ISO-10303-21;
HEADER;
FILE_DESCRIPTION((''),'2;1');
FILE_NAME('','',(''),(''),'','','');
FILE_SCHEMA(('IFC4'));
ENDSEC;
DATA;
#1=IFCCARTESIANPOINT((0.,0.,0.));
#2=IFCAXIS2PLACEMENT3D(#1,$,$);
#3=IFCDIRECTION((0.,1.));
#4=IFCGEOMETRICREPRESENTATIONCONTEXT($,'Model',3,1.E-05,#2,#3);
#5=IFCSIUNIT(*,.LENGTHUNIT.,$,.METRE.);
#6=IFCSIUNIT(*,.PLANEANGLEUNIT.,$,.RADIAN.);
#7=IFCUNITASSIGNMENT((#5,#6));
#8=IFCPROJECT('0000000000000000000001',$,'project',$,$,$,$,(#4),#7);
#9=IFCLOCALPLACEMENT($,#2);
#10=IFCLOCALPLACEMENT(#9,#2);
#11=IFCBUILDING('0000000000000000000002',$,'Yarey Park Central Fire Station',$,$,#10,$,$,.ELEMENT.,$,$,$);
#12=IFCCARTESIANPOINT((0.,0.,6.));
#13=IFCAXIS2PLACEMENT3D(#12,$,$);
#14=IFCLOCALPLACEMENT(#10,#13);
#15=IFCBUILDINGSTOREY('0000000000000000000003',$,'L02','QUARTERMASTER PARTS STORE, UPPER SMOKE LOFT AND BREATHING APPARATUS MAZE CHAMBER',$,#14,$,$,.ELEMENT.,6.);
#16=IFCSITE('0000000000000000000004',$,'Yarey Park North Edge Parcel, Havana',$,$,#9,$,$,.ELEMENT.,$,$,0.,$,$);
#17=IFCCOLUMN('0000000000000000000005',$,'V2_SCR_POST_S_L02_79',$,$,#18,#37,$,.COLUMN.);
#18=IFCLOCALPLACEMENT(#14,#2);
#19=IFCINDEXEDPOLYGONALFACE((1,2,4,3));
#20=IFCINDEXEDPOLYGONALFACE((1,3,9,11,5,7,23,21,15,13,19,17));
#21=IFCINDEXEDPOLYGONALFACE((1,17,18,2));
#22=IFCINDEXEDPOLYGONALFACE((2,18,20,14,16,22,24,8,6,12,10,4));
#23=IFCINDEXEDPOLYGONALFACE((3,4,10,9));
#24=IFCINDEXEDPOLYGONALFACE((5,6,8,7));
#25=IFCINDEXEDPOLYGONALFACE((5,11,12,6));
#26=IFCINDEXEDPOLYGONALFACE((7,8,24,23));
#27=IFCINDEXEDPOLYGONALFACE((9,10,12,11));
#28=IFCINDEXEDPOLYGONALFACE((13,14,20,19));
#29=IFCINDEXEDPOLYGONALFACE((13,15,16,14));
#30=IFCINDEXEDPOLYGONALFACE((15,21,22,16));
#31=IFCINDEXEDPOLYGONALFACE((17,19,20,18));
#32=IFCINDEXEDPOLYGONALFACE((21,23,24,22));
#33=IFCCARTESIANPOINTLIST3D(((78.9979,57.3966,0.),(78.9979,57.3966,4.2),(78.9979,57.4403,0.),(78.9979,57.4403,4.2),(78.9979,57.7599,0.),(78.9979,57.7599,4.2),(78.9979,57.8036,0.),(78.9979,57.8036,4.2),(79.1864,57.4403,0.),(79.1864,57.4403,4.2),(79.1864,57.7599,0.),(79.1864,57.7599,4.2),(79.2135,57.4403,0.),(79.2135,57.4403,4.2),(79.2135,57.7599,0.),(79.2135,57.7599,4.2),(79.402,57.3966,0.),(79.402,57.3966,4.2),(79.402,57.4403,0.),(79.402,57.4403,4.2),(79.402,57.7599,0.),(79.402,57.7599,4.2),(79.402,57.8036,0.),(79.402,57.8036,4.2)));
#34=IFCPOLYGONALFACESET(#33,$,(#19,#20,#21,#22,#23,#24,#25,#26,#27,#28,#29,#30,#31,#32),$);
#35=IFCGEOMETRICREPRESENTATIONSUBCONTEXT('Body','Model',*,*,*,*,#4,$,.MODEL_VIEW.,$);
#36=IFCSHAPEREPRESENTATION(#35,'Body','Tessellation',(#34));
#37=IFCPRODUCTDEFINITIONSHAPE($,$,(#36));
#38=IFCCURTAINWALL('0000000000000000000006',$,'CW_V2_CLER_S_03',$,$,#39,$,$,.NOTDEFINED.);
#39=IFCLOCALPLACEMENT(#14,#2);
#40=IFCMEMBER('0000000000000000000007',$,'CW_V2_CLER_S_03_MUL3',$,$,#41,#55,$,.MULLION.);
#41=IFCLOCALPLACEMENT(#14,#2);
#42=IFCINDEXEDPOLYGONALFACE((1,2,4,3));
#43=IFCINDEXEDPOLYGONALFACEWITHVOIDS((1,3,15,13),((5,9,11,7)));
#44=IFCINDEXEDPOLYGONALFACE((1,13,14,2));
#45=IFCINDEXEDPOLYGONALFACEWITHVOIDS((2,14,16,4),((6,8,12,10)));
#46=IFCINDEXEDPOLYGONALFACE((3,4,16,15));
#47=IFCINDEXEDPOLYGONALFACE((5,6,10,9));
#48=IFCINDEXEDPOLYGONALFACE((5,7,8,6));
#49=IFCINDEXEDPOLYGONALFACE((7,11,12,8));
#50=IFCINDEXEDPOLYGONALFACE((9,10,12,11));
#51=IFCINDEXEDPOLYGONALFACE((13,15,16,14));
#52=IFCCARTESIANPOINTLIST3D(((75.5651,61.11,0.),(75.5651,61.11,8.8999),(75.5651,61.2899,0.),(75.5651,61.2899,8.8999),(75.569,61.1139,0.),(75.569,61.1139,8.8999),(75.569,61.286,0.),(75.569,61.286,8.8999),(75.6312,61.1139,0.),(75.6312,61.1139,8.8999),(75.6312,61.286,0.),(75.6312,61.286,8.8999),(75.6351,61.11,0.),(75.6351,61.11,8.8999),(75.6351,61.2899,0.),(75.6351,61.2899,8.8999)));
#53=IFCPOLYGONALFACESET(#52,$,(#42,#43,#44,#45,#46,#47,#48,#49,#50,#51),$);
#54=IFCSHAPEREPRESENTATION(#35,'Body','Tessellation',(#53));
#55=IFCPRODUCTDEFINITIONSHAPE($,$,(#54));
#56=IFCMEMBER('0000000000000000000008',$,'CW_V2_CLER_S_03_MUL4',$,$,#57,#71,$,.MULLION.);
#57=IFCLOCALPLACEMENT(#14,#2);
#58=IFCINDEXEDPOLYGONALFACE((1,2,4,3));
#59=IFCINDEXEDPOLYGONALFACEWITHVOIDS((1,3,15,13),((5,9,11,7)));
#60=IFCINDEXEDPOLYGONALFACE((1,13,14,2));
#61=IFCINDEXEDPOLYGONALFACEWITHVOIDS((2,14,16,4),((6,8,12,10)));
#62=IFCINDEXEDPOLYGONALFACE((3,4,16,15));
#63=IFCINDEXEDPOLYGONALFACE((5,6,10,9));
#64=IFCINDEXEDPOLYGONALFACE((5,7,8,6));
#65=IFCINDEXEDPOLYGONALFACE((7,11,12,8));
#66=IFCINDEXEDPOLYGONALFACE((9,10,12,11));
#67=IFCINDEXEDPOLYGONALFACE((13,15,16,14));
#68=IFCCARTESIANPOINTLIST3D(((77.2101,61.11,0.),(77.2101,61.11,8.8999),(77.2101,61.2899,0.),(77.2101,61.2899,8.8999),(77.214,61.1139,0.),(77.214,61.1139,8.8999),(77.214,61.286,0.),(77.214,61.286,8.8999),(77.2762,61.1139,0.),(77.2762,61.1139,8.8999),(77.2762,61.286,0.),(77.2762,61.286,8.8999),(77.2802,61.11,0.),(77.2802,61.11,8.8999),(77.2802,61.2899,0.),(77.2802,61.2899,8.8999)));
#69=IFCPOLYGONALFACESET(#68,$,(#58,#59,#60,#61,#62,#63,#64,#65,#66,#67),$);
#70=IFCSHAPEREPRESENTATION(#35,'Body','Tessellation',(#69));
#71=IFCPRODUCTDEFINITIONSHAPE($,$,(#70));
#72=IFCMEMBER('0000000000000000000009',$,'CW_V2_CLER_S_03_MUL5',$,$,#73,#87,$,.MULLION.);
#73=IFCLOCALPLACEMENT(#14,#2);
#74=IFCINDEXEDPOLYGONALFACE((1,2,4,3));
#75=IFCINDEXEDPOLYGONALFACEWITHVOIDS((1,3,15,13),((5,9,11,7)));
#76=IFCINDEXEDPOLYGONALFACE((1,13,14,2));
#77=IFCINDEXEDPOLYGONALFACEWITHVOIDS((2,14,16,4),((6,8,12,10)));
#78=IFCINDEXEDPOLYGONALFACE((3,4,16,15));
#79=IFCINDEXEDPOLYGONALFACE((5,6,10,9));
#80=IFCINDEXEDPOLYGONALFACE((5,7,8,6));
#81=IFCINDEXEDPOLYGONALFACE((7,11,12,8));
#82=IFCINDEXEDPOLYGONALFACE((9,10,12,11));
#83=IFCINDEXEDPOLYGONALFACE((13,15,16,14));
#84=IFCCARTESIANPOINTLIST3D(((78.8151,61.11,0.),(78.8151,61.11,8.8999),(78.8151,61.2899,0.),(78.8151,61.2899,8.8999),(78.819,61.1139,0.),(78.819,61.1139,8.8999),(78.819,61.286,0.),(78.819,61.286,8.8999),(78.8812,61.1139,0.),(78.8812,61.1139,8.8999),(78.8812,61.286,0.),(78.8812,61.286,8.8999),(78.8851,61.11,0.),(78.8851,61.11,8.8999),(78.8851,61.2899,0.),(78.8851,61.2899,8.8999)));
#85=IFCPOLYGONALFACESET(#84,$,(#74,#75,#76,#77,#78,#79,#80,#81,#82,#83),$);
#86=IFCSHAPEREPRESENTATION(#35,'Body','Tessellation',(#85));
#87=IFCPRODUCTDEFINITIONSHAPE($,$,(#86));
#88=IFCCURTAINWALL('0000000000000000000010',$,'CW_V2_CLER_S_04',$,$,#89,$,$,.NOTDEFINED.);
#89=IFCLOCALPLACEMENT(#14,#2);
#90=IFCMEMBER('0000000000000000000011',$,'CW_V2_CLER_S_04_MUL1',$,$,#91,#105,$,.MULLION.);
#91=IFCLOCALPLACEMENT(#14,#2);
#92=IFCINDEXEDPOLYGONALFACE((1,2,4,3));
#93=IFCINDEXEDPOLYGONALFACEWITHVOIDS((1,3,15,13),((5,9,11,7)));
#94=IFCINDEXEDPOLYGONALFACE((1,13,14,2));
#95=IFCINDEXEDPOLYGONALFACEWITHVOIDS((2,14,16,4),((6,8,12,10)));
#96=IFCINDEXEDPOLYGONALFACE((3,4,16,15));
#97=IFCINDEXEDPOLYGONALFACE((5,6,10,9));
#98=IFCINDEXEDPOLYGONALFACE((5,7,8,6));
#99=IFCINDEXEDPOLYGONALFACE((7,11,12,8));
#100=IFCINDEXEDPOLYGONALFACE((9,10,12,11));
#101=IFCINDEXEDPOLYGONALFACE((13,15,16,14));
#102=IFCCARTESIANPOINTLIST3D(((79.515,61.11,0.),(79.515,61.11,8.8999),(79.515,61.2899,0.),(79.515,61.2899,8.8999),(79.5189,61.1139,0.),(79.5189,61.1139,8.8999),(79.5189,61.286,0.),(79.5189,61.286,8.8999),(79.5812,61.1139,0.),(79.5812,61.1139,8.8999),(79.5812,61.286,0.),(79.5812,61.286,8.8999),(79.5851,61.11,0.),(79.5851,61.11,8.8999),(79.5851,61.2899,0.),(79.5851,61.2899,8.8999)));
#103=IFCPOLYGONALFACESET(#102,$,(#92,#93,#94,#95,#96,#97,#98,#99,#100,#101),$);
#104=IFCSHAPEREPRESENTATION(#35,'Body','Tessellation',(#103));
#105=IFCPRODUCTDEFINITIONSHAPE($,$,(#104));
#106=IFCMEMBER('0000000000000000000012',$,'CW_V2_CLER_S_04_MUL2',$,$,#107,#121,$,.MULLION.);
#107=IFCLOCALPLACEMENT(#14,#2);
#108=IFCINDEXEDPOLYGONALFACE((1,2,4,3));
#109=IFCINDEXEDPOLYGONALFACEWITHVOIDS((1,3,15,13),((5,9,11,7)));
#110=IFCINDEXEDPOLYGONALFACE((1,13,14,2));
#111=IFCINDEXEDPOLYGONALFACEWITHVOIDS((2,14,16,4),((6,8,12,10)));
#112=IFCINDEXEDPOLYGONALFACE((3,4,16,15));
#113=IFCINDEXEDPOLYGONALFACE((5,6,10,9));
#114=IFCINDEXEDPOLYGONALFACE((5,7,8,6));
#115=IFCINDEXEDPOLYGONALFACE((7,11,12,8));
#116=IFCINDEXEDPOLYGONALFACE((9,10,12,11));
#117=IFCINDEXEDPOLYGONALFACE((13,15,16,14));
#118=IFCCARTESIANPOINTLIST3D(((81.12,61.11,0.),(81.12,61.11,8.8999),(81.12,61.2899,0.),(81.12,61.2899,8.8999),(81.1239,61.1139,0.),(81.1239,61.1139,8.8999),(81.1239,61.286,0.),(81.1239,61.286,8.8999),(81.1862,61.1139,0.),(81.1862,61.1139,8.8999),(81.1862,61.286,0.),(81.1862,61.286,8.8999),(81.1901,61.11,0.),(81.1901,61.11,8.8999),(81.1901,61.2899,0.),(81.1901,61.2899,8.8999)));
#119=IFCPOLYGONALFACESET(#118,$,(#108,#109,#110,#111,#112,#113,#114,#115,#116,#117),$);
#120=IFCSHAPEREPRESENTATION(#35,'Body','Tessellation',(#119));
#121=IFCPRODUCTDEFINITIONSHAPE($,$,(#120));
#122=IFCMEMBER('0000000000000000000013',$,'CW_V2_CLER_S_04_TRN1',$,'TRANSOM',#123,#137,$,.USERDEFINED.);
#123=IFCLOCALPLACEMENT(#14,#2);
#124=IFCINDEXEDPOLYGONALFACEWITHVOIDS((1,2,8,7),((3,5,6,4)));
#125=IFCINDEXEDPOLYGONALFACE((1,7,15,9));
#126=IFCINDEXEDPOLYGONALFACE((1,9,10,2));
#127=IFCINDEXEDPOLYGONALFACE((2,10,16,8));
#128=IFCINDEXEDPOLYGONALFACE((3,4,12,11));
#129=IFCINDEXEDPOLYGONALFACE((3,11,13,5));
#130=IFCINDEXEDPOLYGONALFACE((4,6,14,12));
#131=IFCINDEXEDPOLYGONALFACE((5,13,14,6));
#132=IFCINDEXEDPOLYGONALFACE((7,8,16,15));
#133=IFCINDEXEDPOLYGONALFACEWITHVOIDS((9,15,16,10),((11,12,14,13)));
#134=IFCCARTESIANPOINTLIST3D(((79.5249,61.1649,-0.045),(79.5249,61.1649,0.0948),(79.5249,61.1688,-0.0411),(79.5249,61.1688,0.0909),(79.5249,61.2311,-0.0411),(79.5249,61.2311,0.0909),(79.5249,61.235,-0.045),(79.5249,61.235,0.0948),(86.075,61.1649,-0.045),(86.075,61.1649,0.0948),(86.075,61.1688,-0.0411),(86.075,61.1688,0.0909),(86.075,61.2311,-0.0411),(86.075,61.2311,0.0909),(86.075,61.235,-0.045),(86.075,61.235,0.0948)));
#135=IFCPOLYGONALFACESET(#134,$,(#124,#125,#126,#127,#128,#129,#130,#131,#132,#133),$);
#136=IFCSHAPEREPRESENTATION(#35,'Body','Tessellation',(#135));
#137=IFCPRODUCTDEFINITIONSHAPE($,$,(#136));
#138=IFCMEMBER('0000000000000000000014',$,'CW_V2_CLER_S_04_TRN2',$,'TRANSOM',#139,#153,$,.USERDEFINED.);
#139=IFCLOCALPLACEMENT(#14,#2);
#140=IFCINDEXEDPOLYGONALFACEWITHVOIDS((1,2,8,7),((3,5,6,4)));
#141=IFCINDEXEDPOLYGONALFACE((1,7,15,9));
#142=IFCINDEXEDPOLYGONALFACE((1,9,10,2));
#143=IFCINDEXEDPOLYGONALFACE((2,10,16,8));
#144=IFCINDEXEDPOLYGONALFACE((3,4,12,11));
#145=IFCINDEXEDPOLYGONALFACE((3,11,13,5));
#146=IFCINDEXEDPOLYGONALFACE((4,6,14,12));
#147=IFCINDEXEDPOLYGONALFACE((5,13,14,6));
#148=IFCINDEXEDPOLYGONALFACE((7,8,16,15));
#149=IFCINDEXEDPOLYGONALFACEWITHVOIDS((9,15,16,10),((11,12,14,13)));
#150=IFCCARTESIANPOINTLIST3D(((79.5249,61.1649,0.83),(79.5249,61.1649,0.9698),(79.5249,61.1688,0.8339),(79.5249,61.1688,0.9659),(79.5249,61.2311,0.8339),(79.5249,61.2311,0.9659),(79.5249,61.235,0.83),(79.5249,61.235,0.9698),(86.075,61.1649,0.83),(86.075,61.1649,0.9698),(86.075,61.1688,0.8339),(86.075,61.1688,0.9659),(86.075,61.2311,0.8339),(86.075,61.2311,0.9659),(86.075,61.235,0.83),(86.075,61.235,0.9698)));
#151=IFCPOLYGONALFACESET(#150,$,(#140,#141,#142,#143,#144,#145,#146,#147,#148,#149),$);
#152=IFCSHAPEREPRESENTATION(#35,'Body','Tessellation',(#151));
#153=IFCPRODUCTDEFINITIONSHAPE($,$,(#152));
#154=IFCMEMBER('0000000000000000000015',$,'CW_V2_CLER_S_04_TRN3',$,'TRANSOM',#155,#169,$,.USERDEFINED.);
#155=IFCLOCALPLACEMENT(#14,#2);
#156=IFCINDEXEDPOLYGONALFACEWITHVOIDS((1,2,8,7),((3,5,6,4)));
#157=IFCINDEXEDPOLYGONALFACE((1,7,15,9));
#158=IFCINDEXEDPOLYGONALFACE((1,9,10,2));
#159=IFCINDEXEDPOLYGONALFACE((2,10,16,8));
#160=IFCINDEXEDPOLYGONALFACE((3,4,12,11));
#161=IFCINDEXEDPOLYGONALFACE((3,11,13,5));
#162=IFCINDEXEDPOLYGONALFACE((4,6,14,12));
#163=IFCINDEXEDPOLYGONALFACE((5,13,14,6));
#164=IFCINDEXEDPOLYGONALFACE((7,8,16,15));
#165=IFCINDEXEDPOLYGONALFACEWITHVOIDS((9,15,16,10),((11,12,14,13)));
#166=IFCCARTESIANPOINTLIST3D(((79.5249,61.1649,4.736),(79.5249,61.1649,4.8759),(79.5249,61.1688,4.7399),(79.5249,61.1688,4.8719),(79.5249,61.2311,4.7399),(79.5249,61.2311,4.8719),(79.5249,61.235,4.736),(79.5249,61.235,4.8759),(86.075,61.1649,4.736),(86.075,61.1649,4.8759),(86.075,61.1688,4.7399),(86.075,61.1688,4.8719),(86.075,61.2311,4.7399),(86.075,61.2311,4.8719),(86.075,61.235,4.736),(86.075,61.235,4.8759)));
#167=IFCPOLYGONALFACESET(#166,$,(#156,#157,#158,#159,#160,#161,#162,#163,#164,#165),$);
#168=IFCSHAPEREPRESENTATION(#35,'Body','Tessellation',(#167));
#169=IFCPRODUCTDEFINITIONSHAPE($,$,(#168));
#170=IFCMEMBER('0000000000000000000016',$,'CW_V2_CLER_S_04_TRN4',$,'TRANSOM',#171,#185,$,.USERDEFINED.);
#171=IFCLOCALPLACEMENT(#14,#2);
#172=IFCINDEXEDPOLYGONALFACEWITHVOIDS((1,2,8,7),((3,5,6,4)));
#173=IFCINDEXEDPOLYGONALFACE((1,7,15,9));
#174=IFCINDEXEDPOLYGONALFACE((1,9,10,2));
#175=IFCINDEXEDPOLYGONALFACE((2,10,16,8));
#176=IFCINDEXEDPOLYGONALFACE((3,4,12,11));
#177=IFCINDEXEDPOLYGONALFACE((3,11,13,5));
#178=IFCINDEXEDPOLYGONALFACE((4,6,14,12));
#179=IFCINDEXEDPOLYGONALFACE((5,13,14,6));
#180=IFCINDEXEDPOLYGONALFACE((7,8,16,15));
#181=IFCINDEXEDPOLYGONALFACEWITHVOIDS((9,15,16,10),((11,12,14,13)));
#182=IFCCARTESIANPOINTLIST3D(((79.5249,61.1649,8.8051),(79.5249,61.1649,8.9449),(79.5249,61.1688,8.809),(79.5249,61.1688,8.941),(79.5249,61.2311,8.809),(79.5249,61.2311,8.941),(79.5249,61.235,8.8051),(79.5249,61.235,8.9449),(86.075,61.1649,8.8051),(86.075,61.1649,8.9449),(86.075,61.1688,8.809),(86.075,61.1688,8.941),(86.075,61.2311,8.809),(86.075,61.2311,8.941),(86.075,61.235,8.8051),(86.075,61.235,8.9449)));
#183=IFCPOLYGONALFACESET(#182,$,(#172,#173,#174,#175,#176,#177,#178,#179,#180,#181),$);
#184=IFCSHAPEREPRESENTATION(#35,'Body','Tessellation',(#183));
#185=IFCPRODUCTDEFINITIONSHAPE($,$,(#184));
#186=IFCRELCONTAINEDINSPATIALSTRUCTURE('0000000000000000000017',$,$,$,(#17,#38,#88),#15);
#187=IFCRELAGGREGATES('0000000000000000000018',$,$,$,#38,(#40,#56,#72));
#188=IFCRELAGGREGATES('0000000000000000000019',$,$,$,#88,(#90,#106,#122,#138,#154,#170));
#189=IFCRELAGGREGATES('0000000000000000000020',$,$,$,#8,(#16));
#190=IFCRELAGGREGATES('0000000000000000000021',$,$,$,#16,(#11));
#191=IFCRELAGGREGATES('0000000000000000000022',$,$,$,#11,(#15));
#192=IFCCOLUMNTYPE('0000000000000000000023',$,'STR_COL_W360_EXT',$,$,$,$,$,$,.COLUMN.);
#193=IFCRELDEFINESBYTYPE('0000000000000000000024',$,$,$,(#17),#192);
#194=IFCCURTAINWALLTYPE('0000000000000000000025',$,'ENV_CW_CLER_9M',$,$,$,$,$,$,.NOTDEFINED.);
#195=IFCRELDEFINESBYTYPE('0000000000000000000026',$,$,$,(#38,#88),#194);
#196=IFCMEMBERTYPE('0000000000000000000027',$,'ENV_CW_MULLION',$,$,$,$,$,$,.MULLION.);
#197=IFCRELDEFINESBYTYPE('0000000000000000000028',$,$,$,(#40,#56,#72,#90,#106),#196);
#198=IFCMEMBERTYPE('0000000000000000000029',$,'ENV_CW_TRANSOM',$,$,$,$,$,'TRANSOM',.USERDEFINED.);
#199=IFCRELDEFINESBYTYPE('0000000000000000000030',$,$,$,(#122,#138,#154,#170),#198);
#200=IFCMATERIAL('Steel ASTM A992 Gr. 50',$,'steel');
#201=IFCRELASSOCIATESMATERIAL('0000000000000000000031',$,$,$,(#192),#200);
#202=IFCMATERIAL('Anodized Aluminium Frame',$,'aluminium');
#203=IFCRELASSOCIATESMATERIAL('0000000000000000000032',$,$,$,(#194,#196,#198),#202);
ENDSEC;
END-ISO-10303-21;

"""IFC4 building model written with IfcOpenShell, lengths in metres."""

from ifc_helpers import new_model, si_unit, direction, frame, origin, origin_2d, place, context, subcontext, project, spatial, hollow_rectangle, i_section, extrude, material, material_profile, profile_set, type_object, element, aggregate, save


model = new_model("IFC4")

# Units and contexts
model_context = context("Model", 3, precision=1e-05, world=origin(), true_north=direction((0.0, 1.0)))
body_context = subcontext(model_context, "Body", "Model", "MODEL_VIEW")
ifc_project = project(units=[si_unit("LENGTHUNIT", "METRE"), si_unit("PLANEANGLEUNIT", "RADIAN")], contexts=[model_context])

# Site, building, storey
site_placement = place(None, origin())
site = spatial("IfcSite", under=ifc_project, at=site_placement, Name="Yarey Park North Edge Parcel, Havana", CompositionType="ELEMENT", RefElevation=0.0)
building_placement = place(site_placement, origin())
building = spatial("IfcBuilding", under=site, at=building_placement, Name="Yarey Park Central Fire Station", CompositionType="ELEMENT")
storey_placement = place(building_placement, frame((0.0, 0.0, 6.0)))
storey = spatial("IfcBuildingStorey", under=building, at=storey_placement, Name="L02", Description="QUARTERMASTER PARTS STORE, UPPER SMOKE LOFT AND BREATHING APPARATUS MAZE CHAMBER", CompositionType="ELEMENT", Elevation=6.0)

# Column
ifc_material_1 = material(Name="Steel ASTM A992 Gr. 50", Category="steel")
ifc_material_profile_1 = material_profile(ifc_material_1, i_section(OverallWidth=0.4041, OverallDepth=0.407, WebThickness=0.0271, FlangeThickness=0.0437, at=origin_2d()), Name="W360x347")
ifc_profile_set_1 = profile_set([ifc_material_profile_1], Name="Steel ASTM A992 Gr. 50")
column_type = type_object("IfcColumnType", Name="STR_COL_W360_EXT", PredefinedType="COLUMN", material=ifc_profile_set_1)
column_placement = place(storey_placement, frame((79.2, 57.6001, 0.0), z_axis=(0.0, 0.0, 1.0), x_axis=(1.0, 0.0, 0.0)))
element("IfcColumn", 1, at=column_placement, inside=storey, type_object=column_type, Name="V2_SCR_POST_S_L02_79", PredefinedType="COLUMN", context=body_context, shape_type="SweptSolid", body=[
    extrude(i_section(OverallWidth=0.4041, OverallDepth=0.407, WebThickness=0.0271, FlangeThickness=0.0437, at=origin_2d()), origin(), (0.0, 0.0, 1.0), 4.2),
])

# Curtain walls, members
ifc_material_2 = material(Name="Anodized Aluminium Frame", Category="aluminium")
curtain_wall_type = type_object("IfcCurtainWallType", Name="ENV_CW_CLER_9M", PredefinedType="NOTDEFINED", material=ifc_material_2)
curtain_wall_1_placement = place(storey_placement, origin())
curtain_wall_1 = element("IfcCurtainWall", 2, at=curtain_wall_1_placement, inside=storey, type_object=curtain_wall_type, Name="CW_V2_CLER_S_03", PredefinedType="NOTDEFINED")
ifc_material_profile_2 = material_profile(ifc_material_2, hollow_rectangle(XDim=0.0701, YDim=0.1799, WallThickness=0.0039, at=origin_2d()), Name="ALU 180x70x4")
ifc_profile_set_2 = profile_set([ifc_material_profile_2], Name="Anodized Aluminium Frame")
member_type_1 = type_object("IfcMemberType", Name="ENV_CW_MULLION", PredefinedType="MULLION", material=ifc_profile_set_2)
member_1_placement = place(storey_placement, frame((75.6001, 61.2, 0.0), z_axis=(0.0, 0.0, 1.0), x_axis=(1.0, 0.0, 0.0)))
member_1 = element("IfcMember", 3, at=member_1_placement, type_object=member_type_1, Name="CW_V2_CLER_S_03_MUL3", PredefinedType="MULLION", context=body_context, shape_type="SweptSolid", body=[
    extrude(hollow_rectangle(XDim=0.0701, YDim=0.1799, WallThickness=0.0039, at=origin_2d()), origin(), (0.0, 0.0, 1.0), 8.8999),
])
member_2_placement = place(storey_placement, frame((77.2451, 61.2, 0.0), z_axis=(0.0, 0.0, 1.0), x_axis=(1.0, 0.0, 0.0)))
member_2 = element("IfcMember", 4, at=member_2_placement, type_object=member_type_1, Name="CW_V2_CLER_S_03_MUL4", PredefinedType="MULLION", context=body_context, shape_type="SweptSolid", body=[
    extrude(hollow_rectangle(XDim=0.0701, YDim=0.1799, WallThickness=0.0039, at=origin_2d()), origin(), (0.0, 0.0, 1.0), 8.8999),
])
member_3_placement = place(storey_placement, frame((78.8501, 61.2, 0.0), z_axis=(0.0, 0.0, 1.0), x_axis=(1.0, 0.0, 0.0)))
member_3 = element("IfcMember", 5, at=member_3_placement, type_object=member_type_1, Name="CW_V2_CLER_S_03_MUL5", PredefinedType="MULLION", context=body_context, shape_type="SweptSolid", body=[
    extrude(hollow_rectangle(XDim=0.0701, YDim=0.1799, WallThickness=0.0039, at=origin_2d()), origin(), (0.0, 0.0, 1.0), 8.8999),
])
curtain_wall_2_placement = place(storey_placement, origin())
curtain_wall_2 = element("IfcCurtainWall", 6, at=curtain_wall_2_placement, inside=storey, type_object=curtain_wall_type, Name="CW_V2_CLER_S_04", PredefinedType="NOTDEFINED")
member_4_placement = place(storey_placement, frame((79.55, 61.2, 0.0), z_axis=(0.0, 0.0, 1.0), x_axis=(1.0, 0.0, 0.0)))
member_4 = element("IfcMember", 7, at=member_4_placement, type_object=member_type_1, Name="CW_V2_CLER_S_04_MUL1", PredefinedType="MULLION", context=body_context, shape_type="SweptSolid", body=[
    extrude(hollow_rectangle(XDim=0.0701, YDim=0.1799, WallThickness=0.0039, at=origin_2d()), origin(), (0.0, 0.0, 1.0), 8.8999),
])
member_5_placement = place(storey_placement, frame((81.155, 61.2, 0.0), z_axis=(0.0, 0.0, 1.0), x_axis=(1.0, 0.0, 0.0)))
member_5 = element("IfcMember", 8, at=member_5_placement, type_object=member_type_1, Name="CW_V2_CLER_S_04_MUL2", PredefinedType="MULLION", context=body_context, shape_type="SweptSolid", body=[
    extrude(hollow_rectangle(XDim=0.0701, YDim=0.1799, WallThickness=0.0039, at=origin_2d()), origin(), (0.0, 0.0, 1.0), 8.8999),
])
ifc_material_profile_3 = material_profile(ifc_material_2, hollow_rectangle(XDim=0.0701, YDim=0.1399, WallThickness=0.0039, at=origin_2d()), Name="ALU 140x70x4")
ifc_profile_set_3 = profile_set([ifc_material_profile_3], Name="Anodized Aluminium Frame")
member_type_2 = type_object("IfcMemberType", Name="ENV_CW_TRANSOM", ElementType="TRANSOM", PredefinedType="USERDEFINED", material=ifc_profile_set_3)
member_6_placement = place(storey_placement, frame((79.5249, 61.2, 0.0249), z_axis=(1.0, 0.0, 0.0), x_axis=(0.0, 1.0, 0.0)))
member_6 = element("IfcMember", 9, at=member_6_placement, type_object=member_type_2, Name="CW_V2_CLER_S_04_TRN1", ObjectType="TRANSOM", PredefinedType="USERDEFINED", context=body_context, shape_type="SweptSolid", body=[
    extrude(hollow_rectangle(XDim=0.0701, YDim=0.1399, WallThickness=0.0039, at=origin_2d()), origin(), (0.0, 0.0, 1.0), 6.55),
])
member_7_placement = place(storey_placement, frame((79.5249, 61.2, 0.8999), z_axis=(1.0, 0.0, 0.0), x_axis=(0.0, 1.0, 0.0)))
member_7 = element("IfcMember", 10, at=member_7_placement, type_object=member_type_2, Name="CW_V2_CLER_S_04_TRN2", ObjectType="TRANSOM", PredefinedType="USERDEFINED", context=body_context, shape_type="SweptSolid", body=[
    extrude(hollow_rectangle(XDim=0.0701, YDim=0.1399, WallThickness=0.0039, at=origin_2d()), origin(), (0.0, 0.0, 1.0), 6.55),
])
member_8_placement = place(storey_placement, frame((79.5249, 61.2, 4.8059), z_axis=(1.0, 0.0, 0.0), x_axis=(0.0, 1.0, 0.0)))
member_8 = element("IfcMember", 11, at=member_8_placement, type_object=member_type_2, Name="CW_V2_CLER_S_04_TRN3", ObjectType="TRANSOM", PredefinedType="USERDEFINED", context=body_context, shape_type="SweptSolid", body=[
    extrude(hollow_rectangle(XDim=0.0701, YDim=0.1399, WallThickness=0.0039, at=origin_2d()), origin(), (0.0, 0.0, 1.0), 6.55),
])
member_9_placement = place(storey_placement, frame((79.5249, 61.2, 8.875), z_axis=(1.0, 0.0, 0.0), x_axis=(0.0, 1.0, 0.0)))
member_9 = element("IfcMember", 12, at=member_9_placement, type_object=member_type_2, Name="CW_V2_CLER_S_04_TRN4", ObjectType="TRANSOM", PredefinedType="USERDEFINED", context=body_context, shape_type="SweptSolid", body=[
    extrude(hollow_rectangle(XDim=0.0701, YDim=0.1399, WallThickness=0.0039, at=origin_2d()), origin(), (0.0, 0.0, 1.0), 6.55),
])

aggregate(curtain_wall_1, [member_1, member_2, member_3])
aggregate(curtain_wall_2, [member_4, member_5, member_6, member_7, member_8, member_9])

save(model, "model.ifc")
